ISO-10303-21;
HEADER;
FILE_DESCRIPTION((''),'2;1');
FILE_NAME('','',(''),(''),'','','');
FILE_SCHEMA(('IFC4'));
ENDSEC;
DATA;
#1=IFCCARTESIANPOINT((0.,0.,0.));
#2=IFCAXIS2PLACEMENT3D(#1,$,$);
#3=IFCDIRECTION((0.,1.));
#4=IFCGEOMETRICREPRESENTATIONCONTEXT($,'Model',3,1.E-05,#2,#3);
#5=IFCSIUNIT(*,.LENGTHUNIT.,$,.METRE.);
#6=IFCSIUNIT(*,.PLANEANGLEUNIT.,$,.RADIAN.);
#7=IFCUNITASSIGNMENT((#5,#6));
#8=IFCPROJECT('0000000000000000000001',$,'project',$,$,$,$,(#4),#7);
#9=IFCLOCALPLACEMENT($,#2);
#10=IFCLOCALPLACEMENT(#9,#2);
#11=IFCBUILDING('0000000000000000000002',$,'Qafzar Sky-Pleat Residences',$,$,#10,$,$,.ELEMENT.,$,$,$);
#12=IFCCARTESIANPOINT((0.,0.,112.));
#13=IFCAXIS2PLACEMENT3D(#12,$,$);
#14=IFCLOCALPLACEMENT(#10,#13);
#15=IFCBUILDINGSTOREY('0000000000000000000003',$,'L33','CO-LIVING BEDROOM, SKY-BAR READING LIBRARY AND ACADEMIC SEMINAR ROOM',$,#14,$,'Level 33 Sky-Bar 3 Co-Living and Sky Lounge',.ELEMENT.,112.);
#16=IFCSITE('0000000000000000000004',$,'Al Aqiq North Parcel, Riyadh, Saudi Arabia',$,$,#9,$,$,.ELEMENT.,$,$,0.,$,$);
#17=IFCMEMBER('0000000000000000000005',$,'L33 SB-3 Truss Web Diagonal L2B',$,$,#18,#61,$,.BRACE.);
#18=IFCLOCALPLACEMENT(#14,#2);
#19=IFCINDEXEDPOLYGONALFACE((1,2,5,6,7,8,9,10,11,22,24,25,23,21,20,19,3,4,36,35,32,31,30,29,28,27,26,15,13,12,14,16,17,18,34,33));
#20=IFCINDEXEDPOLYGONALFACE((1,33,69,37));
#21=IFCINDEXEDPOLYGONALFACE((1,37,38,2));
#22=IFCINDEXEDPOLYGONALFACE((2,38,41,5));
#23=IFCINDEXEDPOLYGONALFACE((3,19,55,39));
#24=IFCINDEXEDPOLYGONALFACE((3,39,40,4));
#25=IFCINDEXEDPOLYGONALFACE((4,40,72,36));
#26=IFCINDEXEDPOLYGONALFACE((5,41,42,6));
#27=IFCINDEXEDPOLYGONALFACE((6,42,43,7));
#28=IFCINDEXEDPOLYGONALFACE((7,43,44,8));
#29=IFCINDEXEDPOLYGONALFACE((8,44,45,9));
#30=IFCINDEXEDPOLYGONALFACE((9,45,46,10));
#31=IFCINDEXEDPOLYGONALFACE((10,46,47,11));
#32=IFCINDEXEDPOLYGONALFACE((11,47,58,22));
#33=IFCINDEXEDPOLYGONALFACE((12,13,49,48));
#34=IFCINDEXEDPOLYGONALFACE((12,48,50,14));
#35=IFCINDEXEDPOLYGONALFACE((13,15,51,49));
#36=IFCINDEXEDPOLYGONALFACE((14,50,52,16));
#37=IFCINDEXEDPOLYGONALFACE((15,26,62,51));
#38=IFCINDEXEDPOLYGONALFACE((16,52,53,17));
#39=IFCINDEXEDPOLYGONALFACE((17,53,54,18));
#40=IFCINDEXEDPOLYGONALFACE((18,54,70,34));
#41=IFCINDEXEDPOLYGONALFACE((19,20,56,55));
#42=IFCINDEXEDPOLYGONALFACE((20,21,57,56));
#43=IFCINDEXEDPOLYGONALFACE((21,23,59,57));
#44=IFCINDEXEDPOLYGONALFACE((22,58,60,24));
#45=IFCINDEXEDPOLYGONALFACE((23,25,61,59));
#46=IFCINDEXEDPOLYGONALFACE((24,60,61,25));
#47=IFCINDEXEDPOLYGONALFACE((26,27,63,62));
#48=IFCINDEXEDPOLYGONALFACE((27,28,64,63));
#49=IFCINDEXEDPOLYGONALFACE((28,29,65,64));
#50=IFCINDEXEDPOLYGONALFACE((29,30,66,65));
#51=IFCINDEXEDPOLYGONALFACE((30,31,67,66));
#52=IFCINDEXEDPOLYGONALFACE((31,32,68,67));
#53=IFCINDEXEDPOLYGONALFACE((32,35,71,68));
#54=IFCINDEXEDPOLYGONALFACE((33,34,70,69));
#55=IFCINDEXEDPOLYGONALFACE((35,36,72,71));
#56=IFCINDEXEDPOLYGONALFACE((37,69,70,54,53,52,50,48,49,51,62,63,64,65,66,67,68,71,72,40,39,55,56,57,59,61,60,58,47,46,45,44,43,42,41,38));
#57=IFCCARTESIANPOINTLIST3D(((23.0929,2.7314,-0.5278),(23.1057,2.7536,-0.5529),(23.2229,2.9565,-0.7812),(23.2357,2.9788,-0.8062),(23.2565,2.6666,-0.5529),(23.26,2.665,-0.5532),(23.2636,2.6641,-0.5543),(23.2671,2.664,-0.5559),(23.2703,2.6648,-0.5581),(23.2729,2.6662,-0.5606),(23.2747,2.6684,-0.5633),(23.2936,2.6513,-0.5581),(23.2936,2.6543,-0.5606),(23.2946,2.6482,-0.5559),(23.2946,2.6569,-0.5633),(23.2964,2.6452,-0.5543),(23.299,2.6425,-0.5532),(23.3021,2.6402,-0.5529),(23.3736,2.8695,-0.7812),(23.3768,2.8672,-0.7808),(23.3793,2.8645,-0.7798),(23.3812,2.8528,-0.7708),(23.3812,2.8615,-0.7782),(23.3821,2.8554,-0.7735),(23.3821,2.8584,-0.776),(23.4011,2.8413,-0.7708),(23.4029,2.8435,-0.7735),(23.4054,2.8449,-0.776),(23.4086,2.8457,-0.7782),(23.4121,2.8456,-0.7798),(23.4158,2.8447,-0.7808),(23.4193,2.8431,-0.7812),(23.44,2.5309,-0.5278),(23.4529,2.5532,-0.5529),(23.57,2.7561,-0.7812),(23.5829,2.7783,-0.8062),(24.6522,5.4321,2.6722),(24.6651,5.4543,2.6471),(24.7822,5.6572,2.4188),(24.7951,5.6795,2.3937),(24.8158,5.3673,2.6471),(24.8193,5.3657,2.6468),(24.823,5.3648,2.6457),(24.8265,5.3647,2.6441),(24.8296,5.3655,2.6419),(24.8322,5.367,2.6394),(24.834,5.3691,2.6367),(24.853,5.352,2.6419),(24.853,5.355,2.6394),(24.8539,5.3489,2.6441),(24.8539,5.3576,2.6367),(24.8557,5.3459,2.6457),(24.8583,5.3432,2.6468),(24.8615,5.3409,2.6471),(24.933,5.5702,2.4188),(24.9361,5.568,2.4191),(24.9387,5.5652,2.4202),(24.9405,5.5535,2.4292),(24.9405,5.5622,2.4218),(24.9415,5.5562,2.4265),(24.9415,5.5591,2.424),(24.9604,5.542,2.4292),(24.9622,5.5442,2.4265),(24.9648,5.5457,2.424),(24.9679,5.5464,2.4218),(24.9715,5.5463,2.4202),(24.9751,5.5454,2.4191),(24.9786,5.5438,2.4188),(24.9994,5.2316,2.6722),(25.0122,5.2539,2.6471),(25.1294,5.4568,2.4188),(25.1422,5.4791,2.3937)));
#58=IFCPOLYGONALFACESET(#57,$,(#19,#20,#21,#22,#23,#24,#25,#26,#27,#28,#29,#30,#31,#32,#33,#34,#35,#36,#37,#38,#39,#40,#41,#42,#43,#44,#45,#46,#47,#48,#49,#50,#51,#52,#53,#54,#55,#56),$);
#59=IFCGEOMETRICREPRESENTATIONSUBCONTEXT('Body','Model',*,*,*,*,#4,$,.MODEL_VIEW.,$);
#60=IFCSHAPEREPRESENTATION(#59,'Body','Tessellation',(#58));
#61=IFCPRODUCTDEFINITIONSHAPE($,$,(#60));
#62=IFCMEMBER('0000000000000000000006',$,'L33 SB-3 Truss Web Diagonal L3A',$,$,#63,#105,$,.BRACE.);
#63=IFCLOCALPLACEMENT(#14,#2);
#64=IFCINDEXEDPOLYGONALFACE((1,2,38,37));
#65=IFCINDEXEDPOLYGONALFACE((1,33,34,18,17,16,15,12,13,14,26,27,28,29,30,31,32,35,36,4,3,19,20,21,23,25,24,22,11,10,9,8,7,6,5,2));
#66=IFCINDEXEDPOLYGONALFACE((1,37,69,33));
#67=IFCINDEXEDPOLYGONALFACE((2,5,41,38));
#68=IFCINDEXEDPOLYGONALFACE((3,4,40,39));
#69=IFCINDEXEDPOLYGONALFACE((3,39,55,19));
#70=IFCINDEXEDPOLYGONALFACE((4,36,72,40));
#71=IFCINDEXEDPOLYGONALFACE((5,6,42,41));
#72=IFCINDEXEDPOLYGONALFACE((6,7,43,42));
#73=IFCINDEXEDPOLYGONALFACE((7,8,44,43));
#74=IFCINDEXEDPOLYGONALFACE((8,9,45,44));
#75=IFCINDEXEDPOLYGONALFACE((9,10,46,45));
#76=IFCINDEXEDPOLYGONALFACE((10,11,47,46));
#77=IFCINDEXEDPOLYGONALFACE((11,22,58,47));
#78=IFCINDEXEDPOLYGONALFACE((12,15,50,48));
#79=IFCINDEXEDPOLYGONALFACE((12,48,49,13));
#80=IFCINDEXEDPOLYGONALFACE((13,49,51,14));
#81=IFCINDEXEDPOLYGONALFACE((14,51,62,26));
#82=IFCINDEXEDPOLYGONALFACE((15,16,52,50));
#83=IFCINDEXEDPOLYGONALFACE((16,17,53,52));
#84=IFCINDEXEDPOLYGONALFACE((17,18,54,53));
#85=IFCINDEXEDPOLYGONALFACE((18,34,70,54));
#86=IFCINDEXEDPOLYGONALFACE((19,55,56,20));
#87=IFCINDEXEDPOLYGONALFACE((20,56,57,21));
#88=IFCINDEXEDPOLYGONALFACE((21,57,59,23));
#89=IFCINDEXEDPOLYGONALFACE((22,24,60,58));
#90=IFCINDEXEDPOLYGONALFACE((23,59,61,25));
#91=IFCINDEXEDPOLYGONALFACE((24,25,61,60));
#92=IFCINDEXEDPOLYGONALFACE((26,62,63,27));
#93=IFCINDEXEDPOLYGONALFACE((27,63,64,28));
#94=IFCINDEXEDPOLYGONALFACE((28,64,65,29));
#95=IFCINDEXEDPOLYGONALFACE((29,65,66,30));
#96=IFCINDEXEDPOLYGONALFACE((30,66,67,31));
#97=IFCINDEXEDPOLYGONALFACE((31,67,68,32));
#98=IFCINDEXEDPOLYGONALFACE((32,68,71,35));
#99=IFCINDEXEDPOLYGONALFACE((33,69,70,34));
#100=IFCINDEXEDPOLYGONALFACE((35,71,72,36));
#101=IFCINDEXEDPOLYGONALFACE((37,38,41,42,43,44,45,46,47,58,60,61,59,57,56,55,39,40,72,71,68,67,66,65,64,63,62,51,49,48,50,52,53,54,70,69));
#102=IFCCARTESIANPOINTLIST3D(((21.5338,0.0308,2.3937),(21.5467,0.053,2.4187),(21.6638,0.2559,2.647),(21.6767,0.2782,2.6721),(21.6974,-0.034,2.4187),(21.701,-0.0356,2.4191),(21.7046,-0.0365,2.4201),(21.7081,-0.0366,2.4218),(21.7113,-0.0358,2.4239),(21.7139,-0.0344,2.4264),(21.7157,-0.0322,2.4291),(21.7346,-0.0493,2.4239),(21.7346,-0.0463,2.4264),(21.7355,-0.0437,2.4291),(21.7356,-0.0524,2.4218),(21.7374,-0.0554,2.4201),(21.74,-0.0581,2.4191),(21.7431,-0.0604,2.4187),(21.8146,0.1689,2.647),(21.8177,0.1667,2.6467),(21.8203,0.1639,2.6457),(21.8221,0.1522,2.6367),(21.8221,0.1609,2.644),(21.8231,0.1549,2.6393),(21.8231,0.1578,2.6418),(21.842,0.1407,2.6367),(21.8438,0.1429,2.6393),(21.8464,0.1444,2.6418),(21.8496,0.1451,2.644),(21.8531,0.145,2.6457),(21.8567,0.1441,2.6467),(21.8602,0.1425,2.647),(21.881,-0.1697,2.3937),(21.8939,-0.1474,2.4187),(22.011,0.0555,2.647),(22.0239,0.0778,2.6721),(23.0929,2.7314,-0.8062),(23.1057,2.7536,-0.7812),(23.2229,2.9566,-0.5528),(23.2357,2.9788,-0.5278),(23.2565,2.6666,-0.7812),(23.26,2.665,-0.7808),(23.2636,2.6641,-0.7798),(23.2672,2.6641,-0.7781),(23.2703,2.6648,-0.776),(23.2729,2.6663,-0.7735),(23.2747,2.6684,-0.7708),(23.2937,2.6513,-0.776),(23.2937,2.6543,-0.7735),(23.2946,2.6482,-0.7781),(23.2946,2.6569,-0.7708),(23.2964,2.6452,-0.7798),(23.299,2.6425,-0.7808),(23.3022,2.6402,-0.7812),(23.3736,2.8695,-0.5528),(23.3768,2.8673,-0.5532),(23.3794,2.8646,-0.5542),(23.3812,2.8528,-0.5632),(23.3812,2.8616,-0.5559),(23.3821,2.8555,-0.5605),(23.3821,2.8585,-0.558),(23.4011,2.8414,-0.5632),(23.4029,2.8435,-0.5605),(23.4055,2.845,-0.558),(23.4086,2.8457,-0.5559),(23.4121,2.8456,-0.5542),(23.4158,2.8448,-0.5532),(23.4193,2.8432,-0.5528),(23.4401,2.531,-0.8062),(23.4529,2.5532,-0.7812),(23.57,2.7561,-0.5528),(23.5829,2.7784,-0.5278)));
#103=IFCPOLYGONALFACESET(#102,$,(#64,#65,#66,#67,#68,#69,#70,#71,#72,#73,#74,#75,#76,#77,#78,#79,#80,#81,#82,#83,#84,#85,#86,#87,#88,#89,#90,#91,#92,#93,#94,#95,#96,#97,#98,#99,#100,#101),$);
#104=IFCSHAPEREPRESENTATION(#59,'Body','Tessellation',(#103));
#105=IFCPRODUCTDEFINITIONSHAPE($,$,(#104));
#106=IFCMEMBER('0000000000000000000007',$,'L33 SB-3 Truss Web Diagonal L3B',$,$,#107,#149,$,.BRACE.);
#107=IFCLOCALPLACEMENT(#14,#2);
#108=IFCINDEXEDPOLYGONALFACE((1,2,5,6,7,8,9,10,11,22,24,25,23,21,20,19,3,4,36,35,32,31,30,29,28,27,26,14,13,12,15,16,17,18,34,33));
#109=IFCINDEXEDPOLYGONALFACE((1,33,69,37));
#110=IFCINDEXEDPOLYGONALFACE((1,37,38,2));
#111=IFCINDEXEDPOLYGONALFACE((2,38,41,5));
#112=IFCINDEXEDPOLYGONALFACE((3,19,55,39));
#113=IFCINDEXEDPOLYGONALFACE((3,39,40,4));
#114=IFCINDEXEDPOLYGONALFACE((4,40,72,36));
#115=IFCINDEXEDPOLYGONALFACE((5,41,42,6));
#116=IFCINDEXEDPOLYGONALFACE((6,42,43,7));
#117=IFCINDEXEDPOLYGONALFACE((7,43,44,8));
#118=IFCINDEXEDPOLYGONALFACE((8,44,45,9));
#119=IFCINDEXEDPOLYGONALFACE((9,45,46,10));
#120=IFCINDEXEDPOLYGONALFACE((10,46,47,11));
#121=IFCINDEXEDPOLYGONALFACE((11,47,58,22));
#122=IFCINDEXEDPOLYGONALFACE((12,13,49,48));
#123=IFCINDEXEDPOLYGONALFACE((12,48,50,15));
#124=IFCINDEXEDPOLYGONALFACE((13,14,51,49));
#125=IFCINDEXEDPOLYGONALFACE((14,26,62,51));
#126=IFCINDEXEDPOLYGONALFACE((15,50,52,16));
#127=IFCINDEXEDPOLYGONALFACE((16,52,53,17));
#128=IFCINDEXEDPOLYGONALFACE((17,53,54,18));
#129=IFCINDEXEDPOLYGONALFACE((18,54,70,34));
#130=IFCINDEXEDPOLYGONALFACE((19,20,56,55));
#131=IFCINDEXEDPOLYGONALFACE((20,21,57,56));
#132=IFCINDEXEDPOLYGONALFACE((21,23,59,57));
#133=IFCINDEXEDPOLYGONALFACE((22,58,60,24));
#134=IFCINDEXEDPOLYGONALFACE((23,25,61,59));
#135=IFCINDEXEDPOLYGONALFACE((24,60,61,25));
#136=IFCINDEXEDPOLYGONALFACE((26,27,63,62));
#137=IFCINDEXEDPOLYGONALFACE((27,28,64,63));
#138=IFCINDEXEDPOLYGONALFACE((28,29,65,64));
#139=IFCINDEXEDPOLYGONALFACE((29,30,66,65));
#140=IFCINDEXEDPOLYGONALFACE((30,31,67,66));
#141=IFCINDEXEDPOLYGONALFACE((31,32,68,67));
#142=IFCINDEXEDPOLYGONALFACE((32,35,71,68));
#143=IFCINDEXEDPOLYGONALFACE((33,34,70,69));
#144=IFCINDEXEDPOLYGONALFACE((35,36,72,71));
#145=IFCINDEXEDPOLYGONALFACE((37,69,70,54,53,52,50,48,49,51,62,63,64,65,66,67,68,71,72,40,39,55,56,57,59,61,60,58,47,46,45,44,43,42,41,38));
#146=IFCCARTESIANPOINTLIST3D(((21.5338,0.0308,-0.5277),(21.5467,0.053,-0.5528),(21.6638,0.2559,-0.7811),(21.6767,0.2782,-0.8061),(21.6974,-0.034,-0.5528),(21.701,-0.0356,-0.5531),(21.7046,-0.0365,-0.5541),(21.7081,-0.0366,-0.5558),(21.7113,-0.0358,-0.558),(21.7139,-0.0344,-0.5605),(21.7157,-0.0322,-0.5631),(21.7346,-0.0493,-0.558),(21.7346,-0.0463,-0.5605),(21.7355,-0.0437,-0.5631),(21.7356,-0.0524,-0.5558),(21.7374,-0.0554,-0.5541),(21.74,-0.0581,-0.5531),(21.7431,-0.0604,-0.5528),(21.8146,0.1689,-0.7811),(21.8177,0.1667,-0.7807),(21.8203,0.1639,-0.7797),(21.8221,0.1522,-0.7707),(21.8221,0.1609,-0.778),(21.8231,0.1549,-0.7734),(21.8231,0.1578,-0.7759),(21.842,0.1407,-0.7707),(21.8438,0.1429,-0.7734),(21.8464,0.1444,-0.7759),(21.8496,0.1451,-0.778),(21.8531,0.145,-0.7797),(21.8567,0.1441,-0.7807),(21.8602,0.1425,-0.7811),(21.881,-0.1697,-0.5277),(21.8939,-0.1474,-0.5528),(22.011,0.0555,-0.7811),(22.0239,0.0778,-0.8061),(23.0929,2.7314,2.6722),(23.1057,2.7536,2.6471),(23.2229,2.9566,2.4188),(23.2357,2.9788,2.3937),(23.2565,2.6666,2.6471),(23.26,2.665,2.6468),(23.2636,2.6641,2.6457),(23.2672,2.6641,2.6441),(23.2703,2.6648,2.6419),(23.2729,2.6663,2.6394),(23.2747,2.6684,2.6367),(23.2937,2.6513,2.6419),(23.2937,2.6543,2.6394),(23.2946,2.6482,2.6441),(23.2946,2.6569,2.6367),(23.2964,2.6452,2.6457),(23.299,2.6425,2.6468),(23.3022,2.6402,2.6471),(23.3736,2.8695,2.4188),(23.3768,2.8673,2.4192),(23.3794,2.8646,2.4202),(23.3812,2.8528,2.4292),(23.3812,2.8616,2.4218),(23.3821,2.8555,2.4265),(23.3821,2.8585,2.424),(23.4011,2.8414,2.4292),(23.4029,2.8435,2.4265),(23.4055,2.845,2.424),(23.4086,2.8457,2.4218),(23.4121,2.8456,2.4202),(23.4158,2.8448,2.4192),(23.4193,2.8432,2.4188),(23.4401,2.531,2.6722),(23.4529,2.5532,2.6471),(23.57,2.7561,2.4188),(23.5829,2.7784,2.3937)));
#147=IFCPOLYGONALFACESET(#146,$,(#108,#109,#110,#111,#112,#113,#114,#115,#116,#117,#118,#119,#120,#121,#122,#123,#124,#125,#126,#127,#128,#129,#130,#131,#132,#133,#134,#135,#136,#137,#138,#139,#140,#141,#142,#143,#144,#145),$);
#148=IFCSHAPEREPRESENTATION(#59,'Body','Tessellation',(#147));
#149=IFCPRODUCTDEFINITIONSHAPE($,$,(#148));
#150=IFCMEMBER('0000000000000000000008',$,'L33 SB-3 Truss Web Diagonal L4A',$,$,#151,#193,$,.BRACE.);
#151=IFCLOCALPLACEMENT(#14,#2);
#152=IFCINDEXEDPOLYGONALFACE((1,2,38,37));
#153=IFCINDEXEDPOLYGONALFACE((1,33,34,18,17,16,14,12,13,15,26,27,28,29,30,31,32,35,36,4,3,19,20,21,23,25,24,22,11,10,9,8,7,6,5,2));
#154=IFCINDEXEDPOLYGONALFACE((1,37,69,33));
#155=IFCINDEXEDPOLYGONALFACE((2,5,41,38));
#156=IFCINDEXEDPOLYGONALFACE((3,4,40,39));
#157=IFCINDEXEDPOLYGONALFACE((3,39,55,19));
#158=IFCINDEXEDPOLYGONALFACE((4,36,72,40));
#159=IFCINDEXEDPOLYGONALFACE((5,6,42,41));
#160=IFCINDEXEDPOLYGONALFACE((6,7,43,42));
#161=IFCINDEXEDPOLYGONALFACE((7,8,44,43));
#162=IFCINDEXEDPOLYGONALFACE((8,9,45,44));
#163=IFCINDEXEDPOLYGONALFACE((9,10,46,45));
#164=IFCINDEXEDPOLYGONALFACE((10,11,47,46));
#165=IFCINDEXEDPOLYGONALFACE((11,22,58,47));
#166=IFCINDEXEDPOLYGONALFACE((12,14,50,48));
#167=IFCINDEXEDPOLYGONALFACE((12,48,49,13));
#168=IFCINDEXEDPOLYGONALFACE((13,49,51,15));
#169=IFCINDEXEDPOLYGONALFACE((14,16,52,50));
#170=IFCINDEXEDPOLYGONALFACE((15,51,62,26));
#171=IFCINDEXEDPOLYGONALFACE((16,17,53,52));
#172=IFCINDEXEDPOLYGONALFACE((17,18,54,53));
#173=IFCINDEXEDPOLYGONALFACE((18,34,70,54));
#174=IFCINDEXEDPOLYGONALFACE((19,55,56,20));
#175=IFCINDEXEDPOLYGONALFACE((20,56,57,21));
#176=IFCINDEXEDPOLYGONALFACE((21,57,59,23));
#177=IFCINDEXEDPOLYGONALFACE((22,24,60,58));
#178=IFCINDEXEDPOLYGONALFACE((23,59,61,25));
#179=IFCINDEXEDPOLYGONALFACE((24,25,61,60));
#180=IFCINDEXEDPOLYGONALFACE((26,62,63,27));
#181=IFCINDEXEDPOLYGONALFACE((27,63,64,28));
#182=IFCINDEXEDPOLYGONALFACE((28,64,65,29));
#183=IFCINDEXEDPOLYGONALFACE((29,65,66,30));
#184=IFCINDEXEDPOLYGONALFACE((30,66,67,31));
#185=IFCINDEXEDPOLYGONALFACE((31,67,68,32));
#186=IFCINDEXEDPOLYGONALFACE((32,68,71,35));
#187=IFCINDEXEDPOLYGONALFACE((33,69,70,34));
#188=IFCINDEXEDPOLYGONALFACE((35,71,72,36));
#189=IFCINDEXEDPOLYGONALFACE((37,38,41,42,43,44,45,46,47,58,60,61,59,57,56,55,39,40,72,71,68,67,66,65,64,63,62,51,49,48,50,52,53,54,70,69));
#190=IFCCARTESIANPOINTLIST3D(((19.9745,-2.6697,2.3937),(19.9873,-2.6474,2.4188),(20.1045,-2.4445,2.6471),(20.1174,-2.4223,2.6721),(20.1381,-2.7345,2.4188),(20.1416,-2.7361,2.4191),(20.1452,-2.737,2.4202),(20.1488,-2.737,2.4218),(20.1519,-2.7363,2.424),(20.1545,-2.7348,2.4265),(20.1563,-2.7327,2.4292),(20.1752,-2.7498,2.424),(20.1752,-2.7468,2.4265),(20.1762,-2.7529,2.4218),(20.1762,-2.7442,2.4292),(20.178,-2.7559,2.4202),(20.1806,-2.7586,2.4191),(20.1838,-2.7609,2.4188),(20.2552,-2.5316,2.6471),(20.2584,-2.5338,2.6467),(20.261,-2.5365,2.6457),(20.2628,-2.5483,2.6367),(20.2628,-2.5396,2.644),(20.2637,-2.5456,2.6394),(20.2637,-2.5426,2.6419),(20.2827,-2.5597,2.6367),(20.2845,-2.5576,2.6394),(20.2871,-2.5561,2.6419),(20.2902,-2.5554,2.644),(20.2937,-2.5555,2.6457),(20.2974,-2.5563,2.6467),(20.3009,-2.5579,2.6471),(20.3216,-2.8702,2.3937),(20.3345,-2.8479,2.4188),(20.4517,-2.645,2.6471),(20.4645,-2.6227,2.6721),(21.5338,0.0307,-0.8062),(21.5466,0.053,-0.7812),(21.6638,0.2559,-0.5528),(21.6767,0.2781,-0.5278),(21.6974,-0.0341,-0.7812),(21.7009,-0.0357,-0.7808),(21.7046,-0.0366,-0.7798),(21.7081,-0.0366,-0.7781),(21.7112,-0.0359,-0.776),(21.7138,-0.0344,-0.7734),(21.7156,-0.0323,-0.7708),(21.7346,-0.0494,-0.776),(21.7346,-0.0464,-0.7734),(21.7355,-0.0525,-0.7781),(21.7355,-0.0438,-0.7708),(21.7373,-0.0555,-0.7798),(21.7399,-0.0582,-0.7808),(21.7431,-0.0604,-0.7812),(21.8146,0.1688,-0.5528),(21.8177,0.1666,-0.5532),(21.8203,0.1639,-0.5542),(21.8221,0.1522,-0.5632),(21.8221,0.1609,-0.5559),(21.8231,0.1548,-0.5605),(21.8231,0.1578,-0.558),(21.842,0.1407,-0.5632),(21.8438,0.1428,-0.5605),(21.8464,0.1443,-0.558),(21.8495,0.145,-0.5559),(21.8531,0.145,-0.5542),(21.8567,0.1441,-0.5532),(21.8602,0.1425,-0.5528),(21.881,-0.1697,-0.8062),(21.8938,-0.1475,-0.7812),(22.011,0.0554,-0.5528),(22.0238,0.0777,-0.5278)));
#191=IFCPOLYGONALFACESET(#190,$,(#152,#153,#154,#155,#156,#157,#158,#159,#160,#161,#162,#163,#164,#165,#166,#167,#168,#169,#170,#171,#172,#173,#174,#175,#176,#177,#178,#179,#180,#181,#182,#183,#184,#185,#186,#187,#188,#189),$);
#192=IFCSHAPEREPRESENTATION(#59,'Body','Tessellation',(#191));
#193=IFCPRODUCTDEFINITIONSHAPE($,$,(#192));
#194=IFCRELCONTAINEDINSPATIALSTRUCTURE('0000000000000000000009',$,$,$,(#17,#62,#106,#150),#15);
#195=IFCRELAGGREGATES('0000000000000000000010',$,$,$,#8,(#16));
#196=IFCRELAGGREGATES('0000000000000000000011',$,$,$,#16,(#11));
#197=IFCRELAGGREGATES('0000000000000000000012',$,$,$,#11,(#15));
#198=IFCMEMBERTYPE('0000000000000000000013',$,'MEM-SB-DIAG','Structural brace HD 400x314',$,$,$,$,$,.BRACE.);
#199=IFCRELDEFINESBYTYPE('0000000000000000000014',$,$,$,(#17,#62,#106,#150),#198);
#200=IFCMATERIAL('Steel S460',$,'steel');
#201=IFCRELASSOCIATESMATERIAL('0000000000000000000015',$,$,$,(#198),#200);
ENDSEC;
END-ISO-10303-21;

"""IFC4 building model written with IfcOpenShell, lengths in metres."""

from ifc_helpers import new_model, si_unit, direction, frame, origin, origin_2d, place, context, subcontext, project, spatial, i_section, extrude, source, transform, mapped, material, material_profile, profile_set, type_object, element, save


model = new_model("IFC4")

# Units and contexts
model_context = context("Model", 3, precision=1e-05, world=origin(), true_north=direction((0.0, 1.0)))
body_context = subcontext(model_context, "Body", "Model", "MODEL_VIEW")
ifc_project = project(units=[si_unit("LENGTHUNIT", "METRE"), si_unit("PLANEANGLEUNIT", "RADIAN")], contexts=[model_context])

# Site, building, storey
site_placement = place(None, origin())
site = spatial("IfcSite", under=ifc_project, at=site_placement, Name="Al Aqiq North Parcel, Riyadh, Saudi Arabia", CompositionType="ELEMENT", RefElevation=0.0)
building_placement = place(site_placement, origin())
building = spatial("IfcBuilding", under=site, at=building_placement, Name="Qafzar Sky-Pleat Residences", CompositionType="ELEMENT")
storey_placement = place(building_placement, frame((0.0, 0.0, 112.0)))
storey = spatial("IfcBuildingStorey", under=building, at=storey_placement, Name="L33", Description="CO-LIVING BEDROOM, SKY-BAR READING LIBRARY AND ACADEMIC SEMINAR ROOM", LongName="Level 33 Sky-Bar 3 Co-Living and Sky Lounge", CompositionType="ELEMENT", Elevation=112.0)

# Shared definitions
ifc_material_1 = material(Name="Steel S460", Category="steel")

# Members
ifc_material_profile_1 = material_profile(ifc_material_1, i_section(OverallWidth=0.4009, OverallDepth=0.3989, WebThickness=0.0229, FlangeThickness=0.0359, FilletRadius=0.0149, at=origin_2d()), Name="HD 400x314")
ifc_profile_set_1 = profile_set([ifc_material_profile_1], Name="Steel S460")
member_type = type_object("IfcMemberType", Name="MEM-SB-DIAG", Description="Structural brace HD 400x314", PredefinedType="BRACE", material=ifc_profile_set_1)
shared_shape_1 = source(origin(), body_context, "Body", "SweptSolid", [
    extrude(i_section(OverallWidth=0.4009, OverallDepth=0.3989, WebThickness=0.0229, FlangeThickness=0.0359, FilletRadius=0.0149, at=origin_2d()), origin(), (0.0, 0.0, 1.0), 4.4683),
])
for number, where, z_axis, x_axis, name in (
    (1, (24.8972, 5.4556, 2.533), (-0.348982, -0.604422, -0.71616), (0.866013, -0.500021, 0.0), "L33 SB-3 Truss Web Diagonal L2B"),
):
    element("IfcMember", number, at=place(storey_placement, frame(where, z_axis=z_axis, x_axis=x_axis)), inside=storey, type_object=member_type, Name=name, PredefinedType="BRACE", context=body_context, shape_type="MappedRepresentation", body=[
        mapped(shared_shape_1, transform((0.0, 0.0, 0.0), x_axis=(1.0, 0.0, 0.0), y_axis=(0.0, 1.0, 0.0), z_axis=(0.0, 0.0, 1.0), scale=1.0)),
    ])
shared_shape_2 = source(origin(), body_context, "Body", "SweptSolid", [
    extrude(i_section(OverallWidth=0.4009, OverallDepth=0.3989, WebThickness=0.0229, FlangeThickness=0.0359, FilletRadius=0.0149, at=origin_2d()), origin(), (0.0, 0.0, 1.0), 4.468),
])
for number, where, z_axis, x_axis, name in (
    (2, (23.3379, 2.7549, -0.667), (-0.348935, -0.604434, 0.716174), (0.866047, -0.499962, 0.0), "L33 SB-3 Truss Web Diagonal L3A"),
    (3, (23.3379, 2.7549, 2.533), (-0.348935, -0.604434, -0.716174), (0.866047, -0.499962, 0.0), "L33 SB-3 Truss Web Diagonal L3B"),
    (4, (21.7788, 0.0542, -0.667), (-0.348994, -0.604387, 0.716184), (0.865994, -0.500055, 0.0), "L33 SB-3 Truss Web Diagonal L4A"),
):
    element("IfcMember", number, at=place(storey_placement, frame(where, z_axis=z_axis, x_axis=x_axis)), inside=storey, type_object=member_type, Name=name, PredefinedType="BRACE", context=body_context, shape_type="MappedRepresentation", body=[
        mapped(shared_shape_2, transform((0.0, 0.0, 0.0), x_axis=(1.0, 0.0, 0.0), y_axis=(0.0, 1.0, 0.0), z_axis=(0.0, 0.0, 1.0), scale=1.0)),
    ])

save(model, "model.ifc")
